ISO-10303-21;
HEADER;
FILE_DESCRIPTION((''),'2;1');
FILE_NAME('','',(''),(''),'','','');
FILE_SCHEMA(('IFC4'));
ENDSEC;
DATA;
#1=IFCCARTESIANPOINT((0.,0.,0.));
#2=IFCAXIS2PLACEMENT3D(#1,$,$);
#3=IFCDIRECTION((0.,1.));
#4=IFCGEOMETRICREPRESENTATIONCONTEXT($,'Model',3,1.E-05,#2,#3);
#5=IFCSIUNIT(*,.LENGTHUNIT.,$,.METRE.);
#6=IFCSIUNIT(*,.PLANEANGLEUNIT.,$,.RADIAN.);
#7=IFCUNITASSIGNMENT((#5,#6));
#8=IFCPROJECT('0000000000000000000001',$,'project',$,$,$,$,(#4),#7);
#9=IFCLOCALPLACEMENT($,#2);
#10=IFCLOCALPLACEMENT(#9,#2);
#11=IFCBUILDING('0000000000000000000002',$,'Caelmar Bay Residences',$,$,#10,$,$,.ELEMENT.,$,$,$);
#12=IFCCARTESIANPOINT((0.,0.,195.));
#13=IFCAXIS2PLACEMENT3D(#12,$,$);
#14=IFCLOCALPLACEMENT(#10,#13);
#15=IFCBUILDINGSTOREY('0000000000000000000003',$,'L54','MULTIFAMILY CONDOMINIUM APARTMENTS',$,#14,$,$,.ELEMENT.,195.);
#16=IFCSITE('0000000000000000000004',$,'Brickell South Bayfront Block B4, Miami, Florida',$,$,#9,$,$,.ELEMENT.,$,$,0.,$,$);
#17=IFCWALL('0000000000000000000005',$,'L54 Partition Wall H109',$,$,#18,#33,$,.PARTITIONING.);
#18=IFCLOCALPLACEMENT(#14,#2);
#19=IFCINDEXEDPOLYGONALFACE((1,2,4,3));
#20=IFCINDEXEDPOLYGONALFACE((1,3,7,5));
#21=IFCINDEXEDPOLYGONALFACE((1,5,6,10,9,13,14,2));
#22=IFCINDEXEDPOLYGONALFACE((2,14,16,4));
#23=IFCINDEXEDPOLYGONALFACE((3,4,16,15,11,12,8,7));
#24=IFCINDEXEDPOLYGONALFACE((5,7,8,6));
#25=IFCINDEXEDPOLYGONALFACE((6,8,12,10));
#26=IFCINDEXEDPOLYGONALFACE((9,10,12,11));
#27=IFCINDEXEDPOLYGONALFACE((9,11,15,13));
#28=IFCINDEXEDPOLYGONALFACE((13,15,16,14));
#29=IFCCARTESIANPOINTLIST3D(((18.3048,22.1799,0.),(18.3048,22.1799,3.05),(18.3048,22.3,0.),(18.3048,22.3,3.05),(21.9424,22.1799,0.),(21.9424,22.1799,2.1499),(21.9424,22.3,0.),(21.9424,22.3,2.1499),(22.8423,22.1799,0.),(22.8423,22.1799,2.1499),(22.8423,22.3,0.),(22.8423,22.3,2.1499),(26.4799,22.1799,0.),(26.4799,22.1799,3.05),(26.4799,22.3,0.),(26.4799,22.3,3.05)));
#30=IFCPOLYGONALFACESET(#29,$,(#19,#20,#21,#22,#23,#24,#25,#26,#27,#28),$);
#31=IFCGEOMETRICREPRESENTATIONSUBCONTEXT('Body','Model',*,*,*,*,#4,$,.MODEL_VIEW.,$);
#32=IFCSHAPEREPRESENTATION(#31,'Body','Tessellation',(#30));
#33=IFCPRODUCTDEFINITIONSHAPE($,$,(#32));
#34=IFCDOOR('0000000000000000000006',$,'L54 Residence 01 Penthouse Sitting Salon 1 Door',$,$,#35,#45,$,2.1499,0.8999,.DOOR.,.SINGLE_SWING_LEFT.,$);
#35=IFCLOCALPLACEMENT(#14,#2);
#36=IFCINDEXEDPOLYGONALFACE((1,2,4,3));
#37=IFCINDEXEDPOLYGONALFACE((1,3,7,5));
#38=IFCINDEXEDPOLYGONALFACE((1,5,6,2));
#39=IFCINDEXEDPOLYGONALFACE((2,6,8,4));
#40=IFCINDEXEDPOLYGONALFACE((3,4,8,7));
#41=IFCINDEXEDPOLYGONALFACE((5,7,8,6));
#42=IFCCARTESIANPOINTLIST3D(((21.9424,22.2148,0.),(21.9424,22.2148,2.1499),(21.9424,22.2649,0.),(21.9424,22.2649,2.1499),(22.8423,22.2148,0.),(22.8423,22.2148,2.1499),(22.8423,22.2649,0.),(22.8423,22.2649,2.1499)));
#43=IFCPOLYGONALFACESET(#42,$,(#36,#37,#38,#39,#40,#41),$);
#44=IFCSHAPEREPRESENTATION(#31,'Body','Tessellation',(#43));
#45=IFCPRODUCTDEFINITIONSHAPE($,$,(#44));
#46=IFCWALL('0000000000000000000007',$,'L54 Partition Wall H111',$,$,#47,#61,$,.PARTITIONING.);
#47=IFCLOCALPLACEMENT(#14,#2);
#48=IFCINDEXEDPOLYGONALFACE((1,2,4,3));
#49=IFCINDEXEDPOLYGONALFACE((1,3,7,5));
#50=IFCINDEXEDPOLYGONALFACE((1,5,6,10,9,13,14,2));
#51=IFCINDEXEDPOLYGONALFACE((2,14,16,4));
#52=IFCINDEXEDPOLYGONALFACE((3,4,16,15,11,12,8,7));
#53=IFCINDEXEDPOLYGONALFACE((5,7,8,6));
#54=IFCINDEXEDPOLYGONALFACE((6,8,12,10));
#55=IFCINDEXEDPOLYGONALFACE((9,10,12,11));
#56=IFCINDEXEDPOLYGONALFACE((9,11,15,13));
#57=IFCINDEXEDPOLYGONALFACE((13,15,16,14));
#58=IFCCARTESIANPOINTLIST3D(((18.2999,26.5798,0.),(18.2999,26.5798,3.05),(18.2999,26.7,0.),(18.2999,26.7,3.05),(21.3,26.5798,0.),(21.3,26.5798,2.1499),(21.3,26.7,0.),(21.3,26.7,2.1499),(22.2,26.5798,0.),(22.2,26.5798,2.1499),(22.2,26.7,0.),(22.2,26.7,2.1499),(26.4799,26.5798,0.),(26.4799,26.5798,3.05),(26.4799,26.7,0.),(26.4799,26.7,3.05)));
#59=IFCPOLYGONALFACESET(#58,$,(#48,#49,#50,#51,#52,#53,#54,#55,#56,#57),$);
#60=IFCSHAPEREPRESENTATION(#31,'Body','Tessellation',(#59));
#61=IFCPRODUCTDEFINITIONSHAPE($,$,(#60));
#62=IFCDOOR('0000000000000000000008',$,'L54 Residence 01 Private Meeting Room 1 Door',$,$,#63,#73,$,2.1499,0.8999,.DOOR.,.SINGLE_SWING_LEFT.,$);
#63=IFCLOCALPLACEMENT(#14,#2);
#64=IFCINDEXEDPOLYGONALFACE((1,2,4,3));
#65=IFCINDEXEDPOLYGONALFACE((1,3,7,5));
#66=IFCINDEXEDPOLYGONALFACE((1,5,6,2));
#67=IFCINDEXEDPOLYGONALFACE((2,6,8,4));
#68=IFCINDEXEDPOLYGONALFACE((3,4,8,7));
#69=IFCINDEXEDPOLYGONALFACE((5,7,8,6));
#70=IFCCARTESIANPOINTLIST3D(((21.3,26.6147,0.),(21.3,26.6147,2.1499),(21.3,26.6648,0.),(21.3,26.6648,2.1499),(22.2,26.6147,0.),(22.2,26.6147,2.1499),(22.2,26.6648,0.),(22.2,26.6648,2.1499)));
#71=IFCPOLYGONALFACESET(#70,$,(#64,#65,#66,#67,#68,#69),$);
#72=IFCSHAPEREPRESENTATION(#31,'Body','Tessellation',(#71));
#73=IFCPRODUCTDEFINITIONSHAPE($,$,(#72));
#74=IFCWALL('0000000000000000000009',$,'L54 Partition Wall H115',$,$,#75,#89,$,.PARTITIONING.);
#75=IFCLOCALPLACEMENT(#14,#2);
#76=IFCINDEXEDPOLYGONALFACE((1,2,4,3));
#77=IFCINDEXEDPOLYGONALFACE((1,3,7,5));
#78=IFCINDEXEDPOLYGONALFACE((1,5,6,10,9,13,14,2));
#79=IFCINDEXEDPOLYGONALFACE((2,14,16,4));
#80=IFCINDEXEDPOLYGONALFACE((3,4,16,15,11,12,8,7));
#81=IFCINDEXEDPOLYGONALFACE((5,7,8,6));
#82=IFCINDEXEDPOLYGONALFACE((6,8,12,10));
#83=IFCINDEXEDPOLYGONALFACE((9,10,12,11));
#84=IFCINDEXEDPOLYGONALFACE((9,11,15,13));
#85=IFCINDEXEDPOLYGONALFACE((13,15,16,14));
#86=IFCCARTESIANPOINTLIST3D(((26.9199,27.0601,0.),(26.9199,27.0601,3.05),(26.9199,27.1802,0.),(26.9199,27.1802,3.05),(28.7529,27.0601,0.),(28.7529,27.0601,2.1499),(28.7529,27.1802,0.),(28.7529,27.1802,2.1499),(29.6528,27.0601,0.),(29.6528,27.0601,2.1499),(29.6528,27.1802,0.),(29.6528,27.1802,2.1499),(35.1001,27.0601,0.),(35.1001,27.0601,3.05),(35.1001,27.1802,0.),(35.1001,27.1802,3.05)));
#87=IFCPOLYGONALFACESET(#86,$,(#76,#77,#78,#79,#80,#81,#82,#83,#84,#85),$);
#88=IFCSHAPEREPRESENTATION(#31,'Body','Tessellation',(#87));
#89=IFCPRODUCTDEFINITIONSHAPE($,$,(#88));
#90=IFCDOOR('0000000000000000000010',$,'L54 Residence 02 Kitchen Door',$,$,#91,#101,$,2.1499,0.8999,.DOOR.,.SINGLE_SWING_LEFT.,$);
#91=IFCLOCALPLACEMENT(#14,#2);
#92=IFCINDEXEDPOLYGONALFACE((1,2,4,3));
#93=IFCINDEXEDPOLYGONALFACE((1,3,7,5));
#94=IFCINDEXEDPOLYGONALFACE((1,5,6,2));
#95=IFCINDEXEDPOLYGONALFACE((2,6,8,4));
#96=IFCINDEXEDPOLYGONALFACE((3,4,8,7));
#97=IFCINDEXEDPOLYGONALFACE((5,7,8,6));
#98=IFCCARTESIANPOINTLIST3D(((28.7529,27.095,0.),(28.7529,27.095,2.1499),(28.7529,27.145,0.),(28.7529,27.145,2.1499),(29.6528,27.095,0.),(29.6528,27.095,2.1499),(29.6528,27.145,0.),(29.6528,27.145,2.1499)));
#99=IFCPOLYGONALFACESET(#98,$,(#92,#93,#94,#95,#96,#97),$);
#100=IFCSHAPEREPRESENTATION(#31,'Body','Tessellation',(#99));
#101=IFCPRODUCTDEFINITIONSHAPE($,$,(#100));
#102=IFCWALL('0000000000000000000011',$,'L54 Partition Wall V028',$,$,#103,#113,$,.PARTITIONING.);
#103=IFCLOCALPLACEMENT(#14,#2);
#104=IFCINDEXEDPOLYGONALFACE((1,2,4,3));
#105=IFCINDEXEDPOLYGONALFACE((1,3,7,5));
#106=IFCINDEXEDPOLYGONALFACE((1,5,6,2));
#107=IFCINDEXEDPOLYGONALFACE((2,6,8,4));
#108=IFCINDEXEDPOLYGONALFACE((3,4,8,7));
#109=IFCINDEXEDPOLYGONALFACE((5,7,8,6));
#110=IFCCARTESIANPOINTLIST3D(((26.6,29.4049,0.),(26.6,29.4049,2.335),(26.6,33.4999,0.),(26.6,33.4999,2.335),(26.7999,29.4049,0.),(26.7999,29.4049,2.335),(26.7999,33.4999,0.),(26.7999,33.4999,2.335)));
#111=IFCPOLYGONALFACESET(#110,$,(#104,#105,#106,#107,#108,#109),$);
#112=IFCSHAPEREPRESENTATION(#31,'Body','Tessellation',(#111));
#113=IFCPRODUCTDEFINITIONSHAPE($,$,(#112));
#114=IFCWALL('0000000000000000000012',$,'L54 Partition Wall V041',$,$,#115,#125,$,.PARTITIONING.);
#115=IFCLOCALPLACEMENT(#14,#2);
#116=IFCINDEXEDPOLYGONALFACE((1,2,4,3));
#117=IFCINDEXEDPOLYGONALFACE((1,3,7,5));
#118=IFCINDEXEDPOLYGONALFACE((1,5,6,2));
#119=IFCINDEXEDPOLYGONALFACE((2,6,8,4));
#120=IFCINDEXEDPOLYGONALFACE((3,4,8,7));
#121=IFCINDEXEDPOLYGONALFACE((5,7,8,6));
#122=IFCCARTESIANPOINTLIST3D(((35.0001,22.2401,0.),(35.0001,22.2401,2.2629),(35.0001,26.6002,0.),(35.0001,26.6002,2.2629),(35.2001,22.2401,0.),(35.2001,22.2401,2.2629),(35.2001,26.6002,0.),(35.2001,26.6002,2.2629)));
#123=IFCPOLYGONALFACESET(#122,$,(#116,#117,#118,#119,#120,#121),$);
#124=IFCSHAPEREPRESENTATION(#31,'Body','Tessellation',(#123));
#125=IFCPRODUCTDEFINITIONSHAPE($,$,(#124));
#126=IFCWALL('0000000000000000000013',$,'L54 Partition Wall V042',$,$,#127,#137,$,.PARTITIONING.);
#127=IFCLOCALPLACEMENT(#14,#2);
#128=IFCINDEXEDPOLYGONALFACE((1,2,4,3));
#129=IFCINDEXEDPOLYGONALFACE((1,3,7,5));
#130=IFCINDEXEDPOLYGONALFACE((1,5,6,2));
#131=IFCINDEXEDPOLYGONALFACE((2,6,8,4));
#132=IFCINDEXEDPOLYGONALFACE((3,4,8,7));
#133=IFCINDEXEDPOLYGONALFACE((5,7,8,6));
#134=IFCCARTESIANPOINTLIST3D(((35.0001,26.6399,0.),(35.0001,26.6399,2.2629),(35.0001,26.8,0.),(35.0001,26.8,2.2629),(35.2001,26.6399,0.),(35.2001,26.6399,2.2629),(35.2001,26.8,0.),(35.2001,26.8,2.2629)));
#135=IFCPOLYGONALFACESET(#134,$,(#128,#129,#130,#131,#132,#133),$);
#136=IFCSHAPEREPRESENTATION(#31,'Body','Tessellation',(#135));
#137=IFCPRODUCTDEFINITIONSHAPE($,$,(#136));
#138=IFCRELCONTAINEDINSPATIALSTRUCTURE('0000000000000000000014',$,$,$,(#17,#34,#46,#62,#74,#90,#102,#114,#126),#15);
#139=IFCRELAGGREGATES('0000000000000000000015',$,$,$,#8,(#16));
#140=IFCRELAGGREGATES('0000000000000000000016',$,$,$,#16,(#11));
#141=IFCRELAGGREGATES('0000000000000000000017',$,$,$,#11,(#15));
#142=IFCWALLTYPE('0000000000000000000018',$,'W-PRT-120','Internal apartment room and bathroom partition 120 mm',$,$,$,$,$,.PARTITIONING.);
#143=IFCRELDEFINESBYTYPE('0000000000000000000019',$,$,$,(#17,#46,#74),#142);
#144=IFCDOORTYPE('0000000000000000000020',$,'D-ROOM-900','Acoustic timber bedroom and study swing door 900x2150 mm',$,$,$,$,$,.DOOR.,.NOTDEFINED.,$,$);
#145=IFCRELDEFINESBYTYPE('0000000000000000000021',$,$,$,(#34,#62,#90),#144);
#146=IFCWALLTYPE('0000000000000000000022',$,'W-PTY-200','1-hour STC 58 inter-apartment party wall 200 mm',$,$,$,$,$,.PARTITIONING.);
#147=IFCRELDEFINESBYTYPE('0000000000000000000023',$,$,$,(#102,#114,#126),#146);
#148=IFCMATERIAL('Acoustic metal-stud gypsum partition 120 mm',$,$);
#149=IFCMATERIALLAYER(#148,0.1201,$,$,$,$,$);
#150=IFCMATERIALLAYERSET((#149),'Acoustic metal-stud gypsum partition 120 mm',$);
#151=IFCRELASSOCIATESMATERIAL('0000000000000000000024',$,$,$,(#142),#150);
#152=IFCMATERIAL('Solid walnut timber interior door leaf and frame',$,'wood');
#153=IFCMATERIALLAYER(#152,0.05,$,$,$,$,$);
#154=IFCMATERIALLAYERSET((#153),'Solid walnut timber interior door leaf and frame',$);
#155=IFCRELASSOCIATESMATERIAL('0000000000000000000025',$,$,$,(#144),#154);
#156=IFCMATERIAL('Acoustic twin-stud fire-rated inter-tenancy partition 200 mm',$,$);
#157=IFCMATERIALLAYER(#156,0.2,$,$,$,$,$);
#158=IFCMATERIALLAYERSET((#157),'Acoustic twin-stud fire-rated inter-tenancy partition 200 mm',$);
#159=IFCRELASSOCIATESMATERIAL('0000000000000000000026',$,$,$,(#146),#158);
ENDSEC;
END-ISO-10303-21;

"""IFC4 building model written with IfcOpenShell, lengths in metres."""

from ifc_helpers import new_model, si_unit, direction, frame, frame_2d, origin, place, context, subcontext, project, spatial, rectangle, extrude, material, layer, layer_set, type_object, element, fill, save


model = new_model("IFC4")

# Units and contexts
model_context = context("Model", 3, precision=1e-05, world=origin(), true_north=direction((0.0, 1.0)))
body_context = subcontext(model_context, "Body", "Model", "MODEL_VIEW")
ifc_project = project(units=[si_unit("LENGTHUNIT", "METRE"), si_unit("PLANEANGLEUNIT", "RADIAN")], contexts=[model_context])

# Site, building, storey
site_placement = place(None, origin())
site = spatial("IfcSite", under=ifc_project, at=site_placement, Name="Brickell South Bayfront Block B4, Miami, Florida", CompositionType="ELEMENT", RefElevation=0.0)
building_placement = place(site_placement, origin())
building = spatial("IfcBuilding", under=site, at=building_placement, Name="Caelmar Bay Residences", CompositionType="ELEMENT")
storey_placement = place(building_placement, frame((0.0, 0.0, 195.0)))
storey = spatial("IfcBuildingStorey", under=building, at=storey_placement, Name="L54", Description="MULTIFAMILY CONDOMINIUM APARTMENTS", CompositionType="ELEMENT", Elevation=195.0)

# Shared definitions
ifc_material_1 = material(Name="Acoustic metal-stud gypsum partition 120 mm")
ifc_layer_1 = layer(ifc_material_1, 0.1201)
ifc_layer_set_1 = layer_set([ifc_layer_1], Name="Acoustic metal-stud gypsum partition 120 mm")
wall_type_1 = type_object("IfcWallType", Name="W-PRT-120", Description="Internal apartment room and bathroom partition 120 mm", PredefinedType="PARTITIONING", material=ifc_layer_set_1)

# Shared definitions
ifc_material_2 = material(Name="Solid walnut timber interior door leaf and frame", Category="wood")
ifc_layer_2 = layer(ifc_material_2, 0.05)
ifc_layer_set_2 = layer_set([ifc_layer_2], Name="Solid walnut timber interior door leaf and frame")
door_type_1 = type_object("IfcDoorType", Name="D-ROOM-900", Description="Acoustic timber bedroom and study swing door 900x2150 mm", OperationType="NOTDEFINED", PredefinedType="DOOR", material=ifc_layer_set_2)

# Walls, openings, doors
wall_1_placement = place(storey_placement, frame((18.3049, 22.24, 0.0), z_axis=(0.0, 0.0, 1.0), x_axis=(1.0, 0.0, 0.0)))
wall_1 = element("IfcWall", 1, at=wall_1_placement, inside=storey, type_object=wall_type_1, Name="L54 Partition Wall H109", PredefinedType="PARTITIONING", context=body_context, shape_type="SweptSolid", body=[
    extrude(rectangle(XDim=8.175, YDim=0.1201, at=frame_2d((4.0874, 0.0))), origin(), (0.0, 0.0, 1.0), 3.05),
])
opening_1_placement = place(wall_1_placement, frame((3.6375, 0.0, 0.0)))
opening_1 = element("IfcOpeningElement", 2, at=opening_1_placement, cuts=wall_1, PredefinedType="OPENING", context=body_context, shape_type="SweptSolid", body=[
    extrude(rectangle(XDim=0.8999, YDim=2.1499, at=frame_2d((0.45, 1.075))), frame((0.0, 0.0701, 0.0), z_axis=(0.0, -1.0, 0.0), x_axis=(1.0, 0.0, 0.0)), (0.0, 0.0, 1.0), 0.1401),
])
door_1_placement = place(opening_1_placement, origin())
door_1 = element("IfcDoor", 3, at=door_1_placement, inside=storey, type_object=door_type_1, Name="L54 Residence 01 Penthouse Sitting Salon 1 Door", OperationType="SINGLE_SWING_LEFT", OverallHeight=2.1499, OverallWidth=0.8999, PredefinedType="DOOR", context=body_context, shape_type="SweptSolid", body=[
    extrude(rectangle(XDim=0.8999, YDim=2.1499, at=frame_2d((0.45, 1.075))), frame((0.0, 0.0249, 0.0), z_axis=(0.0, -1.0, 0.0), x_axis=(1.0, 0.0, 0.0)), (0.0, 0.0, 1.0), 0.05),
])
fill(opening_1, door_1)
wall_2_placement = place(storey_placement, frame((18.3, 26.6399, 0.0), z_axis=(0.0, 0.0, 1.0), x_axis=(1.0, 0.0, 0.0)))
wall_2 = element("IfcWall", 4, at=wall_2_placement, inside=storey, type_object=wall_type_1, Name="L54 Partition Wall H111", PredefinedType="PARTITIONING", context=body_context, shape_type="SweptSolid", body=[
    extrude(rectangle(XDim=8.1799, YDim=0.1201, at=frame_2d((4.0898, 0.0))), origin(), (0.0, 0.0, 1.0), 3.05),
])
opening_2_placement = place(wall_2_placement, frame((3.0, 0.0, 0.0)))
opening_2 = element("IfcOpeningElement", 5, at=opening_2_placement, cuts=wall_2, PredefinedType="OPENING", context=body_context, shape_type="SweptSolid", body=[
    extrude(rectangle(XDim=0.8999, YDim=2.1499, at=frame_2d((0.45, 1.075))), frame((0.0, 0.0701, 0.0), z_axis=(0.0, -1.0, 0.0), x_axis=(1.0, 0.0, 0.0)), (0.0, 0.0, 1.0), 0.1401),
])
door_2_placement = place(opening_2_placement, origin())
door_2 = element("IfcDoor", 6, at=door_2_placement, inside=storey, type_object=door_type_1, Name="L54 Residence 01 Private Meeting Room 1 Door", OperationType="SINGLE_SWING_LEFT", OverallHeight=2.1499, OverallWidth=0.8999, PredefinedType="DOOR", context=body_context, shape_type="SweptSolid", body=[
    extrude(rectangle(XDim=0.8999, YDim=2.1499, at=frame_2d((0.45, 1.075))), frame((0.0, 0.0249, 0.0), z_axis=(0.0, -1.0, 0.0), x_axis=(1.0, 0.0, 0.0)), (0.0, 0.0, 1.0), 0.05),
])
fill(opening_2, door_2)
wall_3_placement = place(storey_placement, frame((26.9199, 27.1201, 0.0), z_axis=(0.0, 0.0, 1.0), x_axis=(1.0, 0.0, 0.0)))
wall_3 = element("IfcWall", 7, at=wall_3_placement, inside=storey, type_object=wall_type_1, Name="L54 Partition Wall H115", PredefinedType="PARTITIONING", context=body_context, shape_type="SweptSolid", body=[
    extrude(rectangle(XDim=8.1802, YDim=0.1201, at=frame_2d((4.0901, 0.0))), origin(), (0.0, 0.0, 1.0), 3.05),
])
opening_3_placement = place(wall_3_placement, frame((1.833, 0.0, 0.0)))
opening_3 = element("IfcOpeningElement", 8, at=opening_3_placement, cuts=wall_3, PredefinedType="OPENING", context=body_context, shape_type="SweptSolid", body=[
    extrude(rectangle(XDim=0.8999, YDim=2.1499, at=frame_2d((0.45, 1.075))), frame((0.0, 0.0701, 0.0), z_axis=(0.0, -1.0, 0.0), x_axis=(1.0, 0.0, 0.0)), (0.0, 0.0, 1.0), 0.1401),
])
door_3_placement = place(opening_3_placement, origin())
door_3 = element("IfcDoor", 9, at=door_3_placement, inside=storey, type_object=door_type_1, Name="L54 Residence 02 Kitchen Door", OperationType="SINGLE_SWING_LEFT", OverallHeight=2.1499, OverallWidth=0.8999, PredefinedType="DOOR", context=body_context, shape_type="SweptSolid", body=[
    extrude(rectangle(XDim=0.8999, YDim=2.1499, at=frame_2d((0.45, 1.075))), frame((0.0, 0.0249, 0.0), z_axis=(0.0, -1.0, 0.0), x_axis=(1.0, 0.0, 0.0)), (0.0, 0.0, 1.0), 0.05),
])
fill(opening_3, door_3)

# Walls
ifc_material_3 = material(Name="Acoustic twin-stud fire-rated inter-tenancy partition 200 mm")
ifc_layer_3 = layer(ifc_material_3, 0.2)
ifc_layer_set_3 = layer_set([ifc_layer_3], Name="Acoustic twin-stud fire-rated inter-tenancy partition 200 mm")
wall_type_2 = type_object("IfcWallType", Name="W-PTY-200", Description="1-hour STC 58 inter-apartment party wall 200 mm", PredefinedType="PARTITIONING", material=ifc_layer_set_3)
wall_4_placement = place(storey_placement, frame((26.7, 29.405, 0.0), z_axis=(0.0, 0.0, 1.0), x_axis=(0.0, 1.0, 0.0)))
element("IfcWall", 10, at=wall_4_placement, inside=storey, type_object=wall_type_2, Name="L54 Partition Wall V028", PredefinedType="PARTITIONING", context=body_context, shape_type="SweptSolid", body=[
    extrude(rectangle(XDim=4.095, YDim=0.2, at=frame_2d((2.0474, 0.0))), origin(), (0.0, 0.0, 1.0), 2.335),
])
wall_5_placement = place(storey_placement, frame((35.1001, 22.24, 0.0), z_axis=(0.0, 0.0, 1.0), x_axis=(0.0, 1.0, 0.0)))
element("IfcWall", 11, at=wall_5_placement, inside=storey, type_object=wall_type_2, Name="L54 Partition Wall V041", PredefinedType="PARTITIONING", context=body_context, shape_type="SweptSolid", body=[
    extrude(rectangle(XDim=4.3601, YDim=0.2, at=frame_2d((2.1802, 0.0))), origin(), (0.0, 0.0, 1.0), 2.2629),
])
wall_6_placement = place(storey_placement, frame((35.1001, 26.6399, 0.0), z_axis=(0.0, 0.0, 1.0), x_axis=(0.0, 1.0, 0.0)))
element("IfcWall", 12, at=wall_6_placement, inside=storey, type_object=wall_type_2, Name="L54 Partition Wall V042", PredefinedType="PARTITIONING", context=body_context, shape_type="SweptSolid", body=[
    extrude(rectangle(XDim=0.1602, YDim=0.2, at=frame_2d((0.0801, 0.0))), origin(), (0.0, 0.0, 1.0), 2.2629),
])

save(model, "model.ifc")
